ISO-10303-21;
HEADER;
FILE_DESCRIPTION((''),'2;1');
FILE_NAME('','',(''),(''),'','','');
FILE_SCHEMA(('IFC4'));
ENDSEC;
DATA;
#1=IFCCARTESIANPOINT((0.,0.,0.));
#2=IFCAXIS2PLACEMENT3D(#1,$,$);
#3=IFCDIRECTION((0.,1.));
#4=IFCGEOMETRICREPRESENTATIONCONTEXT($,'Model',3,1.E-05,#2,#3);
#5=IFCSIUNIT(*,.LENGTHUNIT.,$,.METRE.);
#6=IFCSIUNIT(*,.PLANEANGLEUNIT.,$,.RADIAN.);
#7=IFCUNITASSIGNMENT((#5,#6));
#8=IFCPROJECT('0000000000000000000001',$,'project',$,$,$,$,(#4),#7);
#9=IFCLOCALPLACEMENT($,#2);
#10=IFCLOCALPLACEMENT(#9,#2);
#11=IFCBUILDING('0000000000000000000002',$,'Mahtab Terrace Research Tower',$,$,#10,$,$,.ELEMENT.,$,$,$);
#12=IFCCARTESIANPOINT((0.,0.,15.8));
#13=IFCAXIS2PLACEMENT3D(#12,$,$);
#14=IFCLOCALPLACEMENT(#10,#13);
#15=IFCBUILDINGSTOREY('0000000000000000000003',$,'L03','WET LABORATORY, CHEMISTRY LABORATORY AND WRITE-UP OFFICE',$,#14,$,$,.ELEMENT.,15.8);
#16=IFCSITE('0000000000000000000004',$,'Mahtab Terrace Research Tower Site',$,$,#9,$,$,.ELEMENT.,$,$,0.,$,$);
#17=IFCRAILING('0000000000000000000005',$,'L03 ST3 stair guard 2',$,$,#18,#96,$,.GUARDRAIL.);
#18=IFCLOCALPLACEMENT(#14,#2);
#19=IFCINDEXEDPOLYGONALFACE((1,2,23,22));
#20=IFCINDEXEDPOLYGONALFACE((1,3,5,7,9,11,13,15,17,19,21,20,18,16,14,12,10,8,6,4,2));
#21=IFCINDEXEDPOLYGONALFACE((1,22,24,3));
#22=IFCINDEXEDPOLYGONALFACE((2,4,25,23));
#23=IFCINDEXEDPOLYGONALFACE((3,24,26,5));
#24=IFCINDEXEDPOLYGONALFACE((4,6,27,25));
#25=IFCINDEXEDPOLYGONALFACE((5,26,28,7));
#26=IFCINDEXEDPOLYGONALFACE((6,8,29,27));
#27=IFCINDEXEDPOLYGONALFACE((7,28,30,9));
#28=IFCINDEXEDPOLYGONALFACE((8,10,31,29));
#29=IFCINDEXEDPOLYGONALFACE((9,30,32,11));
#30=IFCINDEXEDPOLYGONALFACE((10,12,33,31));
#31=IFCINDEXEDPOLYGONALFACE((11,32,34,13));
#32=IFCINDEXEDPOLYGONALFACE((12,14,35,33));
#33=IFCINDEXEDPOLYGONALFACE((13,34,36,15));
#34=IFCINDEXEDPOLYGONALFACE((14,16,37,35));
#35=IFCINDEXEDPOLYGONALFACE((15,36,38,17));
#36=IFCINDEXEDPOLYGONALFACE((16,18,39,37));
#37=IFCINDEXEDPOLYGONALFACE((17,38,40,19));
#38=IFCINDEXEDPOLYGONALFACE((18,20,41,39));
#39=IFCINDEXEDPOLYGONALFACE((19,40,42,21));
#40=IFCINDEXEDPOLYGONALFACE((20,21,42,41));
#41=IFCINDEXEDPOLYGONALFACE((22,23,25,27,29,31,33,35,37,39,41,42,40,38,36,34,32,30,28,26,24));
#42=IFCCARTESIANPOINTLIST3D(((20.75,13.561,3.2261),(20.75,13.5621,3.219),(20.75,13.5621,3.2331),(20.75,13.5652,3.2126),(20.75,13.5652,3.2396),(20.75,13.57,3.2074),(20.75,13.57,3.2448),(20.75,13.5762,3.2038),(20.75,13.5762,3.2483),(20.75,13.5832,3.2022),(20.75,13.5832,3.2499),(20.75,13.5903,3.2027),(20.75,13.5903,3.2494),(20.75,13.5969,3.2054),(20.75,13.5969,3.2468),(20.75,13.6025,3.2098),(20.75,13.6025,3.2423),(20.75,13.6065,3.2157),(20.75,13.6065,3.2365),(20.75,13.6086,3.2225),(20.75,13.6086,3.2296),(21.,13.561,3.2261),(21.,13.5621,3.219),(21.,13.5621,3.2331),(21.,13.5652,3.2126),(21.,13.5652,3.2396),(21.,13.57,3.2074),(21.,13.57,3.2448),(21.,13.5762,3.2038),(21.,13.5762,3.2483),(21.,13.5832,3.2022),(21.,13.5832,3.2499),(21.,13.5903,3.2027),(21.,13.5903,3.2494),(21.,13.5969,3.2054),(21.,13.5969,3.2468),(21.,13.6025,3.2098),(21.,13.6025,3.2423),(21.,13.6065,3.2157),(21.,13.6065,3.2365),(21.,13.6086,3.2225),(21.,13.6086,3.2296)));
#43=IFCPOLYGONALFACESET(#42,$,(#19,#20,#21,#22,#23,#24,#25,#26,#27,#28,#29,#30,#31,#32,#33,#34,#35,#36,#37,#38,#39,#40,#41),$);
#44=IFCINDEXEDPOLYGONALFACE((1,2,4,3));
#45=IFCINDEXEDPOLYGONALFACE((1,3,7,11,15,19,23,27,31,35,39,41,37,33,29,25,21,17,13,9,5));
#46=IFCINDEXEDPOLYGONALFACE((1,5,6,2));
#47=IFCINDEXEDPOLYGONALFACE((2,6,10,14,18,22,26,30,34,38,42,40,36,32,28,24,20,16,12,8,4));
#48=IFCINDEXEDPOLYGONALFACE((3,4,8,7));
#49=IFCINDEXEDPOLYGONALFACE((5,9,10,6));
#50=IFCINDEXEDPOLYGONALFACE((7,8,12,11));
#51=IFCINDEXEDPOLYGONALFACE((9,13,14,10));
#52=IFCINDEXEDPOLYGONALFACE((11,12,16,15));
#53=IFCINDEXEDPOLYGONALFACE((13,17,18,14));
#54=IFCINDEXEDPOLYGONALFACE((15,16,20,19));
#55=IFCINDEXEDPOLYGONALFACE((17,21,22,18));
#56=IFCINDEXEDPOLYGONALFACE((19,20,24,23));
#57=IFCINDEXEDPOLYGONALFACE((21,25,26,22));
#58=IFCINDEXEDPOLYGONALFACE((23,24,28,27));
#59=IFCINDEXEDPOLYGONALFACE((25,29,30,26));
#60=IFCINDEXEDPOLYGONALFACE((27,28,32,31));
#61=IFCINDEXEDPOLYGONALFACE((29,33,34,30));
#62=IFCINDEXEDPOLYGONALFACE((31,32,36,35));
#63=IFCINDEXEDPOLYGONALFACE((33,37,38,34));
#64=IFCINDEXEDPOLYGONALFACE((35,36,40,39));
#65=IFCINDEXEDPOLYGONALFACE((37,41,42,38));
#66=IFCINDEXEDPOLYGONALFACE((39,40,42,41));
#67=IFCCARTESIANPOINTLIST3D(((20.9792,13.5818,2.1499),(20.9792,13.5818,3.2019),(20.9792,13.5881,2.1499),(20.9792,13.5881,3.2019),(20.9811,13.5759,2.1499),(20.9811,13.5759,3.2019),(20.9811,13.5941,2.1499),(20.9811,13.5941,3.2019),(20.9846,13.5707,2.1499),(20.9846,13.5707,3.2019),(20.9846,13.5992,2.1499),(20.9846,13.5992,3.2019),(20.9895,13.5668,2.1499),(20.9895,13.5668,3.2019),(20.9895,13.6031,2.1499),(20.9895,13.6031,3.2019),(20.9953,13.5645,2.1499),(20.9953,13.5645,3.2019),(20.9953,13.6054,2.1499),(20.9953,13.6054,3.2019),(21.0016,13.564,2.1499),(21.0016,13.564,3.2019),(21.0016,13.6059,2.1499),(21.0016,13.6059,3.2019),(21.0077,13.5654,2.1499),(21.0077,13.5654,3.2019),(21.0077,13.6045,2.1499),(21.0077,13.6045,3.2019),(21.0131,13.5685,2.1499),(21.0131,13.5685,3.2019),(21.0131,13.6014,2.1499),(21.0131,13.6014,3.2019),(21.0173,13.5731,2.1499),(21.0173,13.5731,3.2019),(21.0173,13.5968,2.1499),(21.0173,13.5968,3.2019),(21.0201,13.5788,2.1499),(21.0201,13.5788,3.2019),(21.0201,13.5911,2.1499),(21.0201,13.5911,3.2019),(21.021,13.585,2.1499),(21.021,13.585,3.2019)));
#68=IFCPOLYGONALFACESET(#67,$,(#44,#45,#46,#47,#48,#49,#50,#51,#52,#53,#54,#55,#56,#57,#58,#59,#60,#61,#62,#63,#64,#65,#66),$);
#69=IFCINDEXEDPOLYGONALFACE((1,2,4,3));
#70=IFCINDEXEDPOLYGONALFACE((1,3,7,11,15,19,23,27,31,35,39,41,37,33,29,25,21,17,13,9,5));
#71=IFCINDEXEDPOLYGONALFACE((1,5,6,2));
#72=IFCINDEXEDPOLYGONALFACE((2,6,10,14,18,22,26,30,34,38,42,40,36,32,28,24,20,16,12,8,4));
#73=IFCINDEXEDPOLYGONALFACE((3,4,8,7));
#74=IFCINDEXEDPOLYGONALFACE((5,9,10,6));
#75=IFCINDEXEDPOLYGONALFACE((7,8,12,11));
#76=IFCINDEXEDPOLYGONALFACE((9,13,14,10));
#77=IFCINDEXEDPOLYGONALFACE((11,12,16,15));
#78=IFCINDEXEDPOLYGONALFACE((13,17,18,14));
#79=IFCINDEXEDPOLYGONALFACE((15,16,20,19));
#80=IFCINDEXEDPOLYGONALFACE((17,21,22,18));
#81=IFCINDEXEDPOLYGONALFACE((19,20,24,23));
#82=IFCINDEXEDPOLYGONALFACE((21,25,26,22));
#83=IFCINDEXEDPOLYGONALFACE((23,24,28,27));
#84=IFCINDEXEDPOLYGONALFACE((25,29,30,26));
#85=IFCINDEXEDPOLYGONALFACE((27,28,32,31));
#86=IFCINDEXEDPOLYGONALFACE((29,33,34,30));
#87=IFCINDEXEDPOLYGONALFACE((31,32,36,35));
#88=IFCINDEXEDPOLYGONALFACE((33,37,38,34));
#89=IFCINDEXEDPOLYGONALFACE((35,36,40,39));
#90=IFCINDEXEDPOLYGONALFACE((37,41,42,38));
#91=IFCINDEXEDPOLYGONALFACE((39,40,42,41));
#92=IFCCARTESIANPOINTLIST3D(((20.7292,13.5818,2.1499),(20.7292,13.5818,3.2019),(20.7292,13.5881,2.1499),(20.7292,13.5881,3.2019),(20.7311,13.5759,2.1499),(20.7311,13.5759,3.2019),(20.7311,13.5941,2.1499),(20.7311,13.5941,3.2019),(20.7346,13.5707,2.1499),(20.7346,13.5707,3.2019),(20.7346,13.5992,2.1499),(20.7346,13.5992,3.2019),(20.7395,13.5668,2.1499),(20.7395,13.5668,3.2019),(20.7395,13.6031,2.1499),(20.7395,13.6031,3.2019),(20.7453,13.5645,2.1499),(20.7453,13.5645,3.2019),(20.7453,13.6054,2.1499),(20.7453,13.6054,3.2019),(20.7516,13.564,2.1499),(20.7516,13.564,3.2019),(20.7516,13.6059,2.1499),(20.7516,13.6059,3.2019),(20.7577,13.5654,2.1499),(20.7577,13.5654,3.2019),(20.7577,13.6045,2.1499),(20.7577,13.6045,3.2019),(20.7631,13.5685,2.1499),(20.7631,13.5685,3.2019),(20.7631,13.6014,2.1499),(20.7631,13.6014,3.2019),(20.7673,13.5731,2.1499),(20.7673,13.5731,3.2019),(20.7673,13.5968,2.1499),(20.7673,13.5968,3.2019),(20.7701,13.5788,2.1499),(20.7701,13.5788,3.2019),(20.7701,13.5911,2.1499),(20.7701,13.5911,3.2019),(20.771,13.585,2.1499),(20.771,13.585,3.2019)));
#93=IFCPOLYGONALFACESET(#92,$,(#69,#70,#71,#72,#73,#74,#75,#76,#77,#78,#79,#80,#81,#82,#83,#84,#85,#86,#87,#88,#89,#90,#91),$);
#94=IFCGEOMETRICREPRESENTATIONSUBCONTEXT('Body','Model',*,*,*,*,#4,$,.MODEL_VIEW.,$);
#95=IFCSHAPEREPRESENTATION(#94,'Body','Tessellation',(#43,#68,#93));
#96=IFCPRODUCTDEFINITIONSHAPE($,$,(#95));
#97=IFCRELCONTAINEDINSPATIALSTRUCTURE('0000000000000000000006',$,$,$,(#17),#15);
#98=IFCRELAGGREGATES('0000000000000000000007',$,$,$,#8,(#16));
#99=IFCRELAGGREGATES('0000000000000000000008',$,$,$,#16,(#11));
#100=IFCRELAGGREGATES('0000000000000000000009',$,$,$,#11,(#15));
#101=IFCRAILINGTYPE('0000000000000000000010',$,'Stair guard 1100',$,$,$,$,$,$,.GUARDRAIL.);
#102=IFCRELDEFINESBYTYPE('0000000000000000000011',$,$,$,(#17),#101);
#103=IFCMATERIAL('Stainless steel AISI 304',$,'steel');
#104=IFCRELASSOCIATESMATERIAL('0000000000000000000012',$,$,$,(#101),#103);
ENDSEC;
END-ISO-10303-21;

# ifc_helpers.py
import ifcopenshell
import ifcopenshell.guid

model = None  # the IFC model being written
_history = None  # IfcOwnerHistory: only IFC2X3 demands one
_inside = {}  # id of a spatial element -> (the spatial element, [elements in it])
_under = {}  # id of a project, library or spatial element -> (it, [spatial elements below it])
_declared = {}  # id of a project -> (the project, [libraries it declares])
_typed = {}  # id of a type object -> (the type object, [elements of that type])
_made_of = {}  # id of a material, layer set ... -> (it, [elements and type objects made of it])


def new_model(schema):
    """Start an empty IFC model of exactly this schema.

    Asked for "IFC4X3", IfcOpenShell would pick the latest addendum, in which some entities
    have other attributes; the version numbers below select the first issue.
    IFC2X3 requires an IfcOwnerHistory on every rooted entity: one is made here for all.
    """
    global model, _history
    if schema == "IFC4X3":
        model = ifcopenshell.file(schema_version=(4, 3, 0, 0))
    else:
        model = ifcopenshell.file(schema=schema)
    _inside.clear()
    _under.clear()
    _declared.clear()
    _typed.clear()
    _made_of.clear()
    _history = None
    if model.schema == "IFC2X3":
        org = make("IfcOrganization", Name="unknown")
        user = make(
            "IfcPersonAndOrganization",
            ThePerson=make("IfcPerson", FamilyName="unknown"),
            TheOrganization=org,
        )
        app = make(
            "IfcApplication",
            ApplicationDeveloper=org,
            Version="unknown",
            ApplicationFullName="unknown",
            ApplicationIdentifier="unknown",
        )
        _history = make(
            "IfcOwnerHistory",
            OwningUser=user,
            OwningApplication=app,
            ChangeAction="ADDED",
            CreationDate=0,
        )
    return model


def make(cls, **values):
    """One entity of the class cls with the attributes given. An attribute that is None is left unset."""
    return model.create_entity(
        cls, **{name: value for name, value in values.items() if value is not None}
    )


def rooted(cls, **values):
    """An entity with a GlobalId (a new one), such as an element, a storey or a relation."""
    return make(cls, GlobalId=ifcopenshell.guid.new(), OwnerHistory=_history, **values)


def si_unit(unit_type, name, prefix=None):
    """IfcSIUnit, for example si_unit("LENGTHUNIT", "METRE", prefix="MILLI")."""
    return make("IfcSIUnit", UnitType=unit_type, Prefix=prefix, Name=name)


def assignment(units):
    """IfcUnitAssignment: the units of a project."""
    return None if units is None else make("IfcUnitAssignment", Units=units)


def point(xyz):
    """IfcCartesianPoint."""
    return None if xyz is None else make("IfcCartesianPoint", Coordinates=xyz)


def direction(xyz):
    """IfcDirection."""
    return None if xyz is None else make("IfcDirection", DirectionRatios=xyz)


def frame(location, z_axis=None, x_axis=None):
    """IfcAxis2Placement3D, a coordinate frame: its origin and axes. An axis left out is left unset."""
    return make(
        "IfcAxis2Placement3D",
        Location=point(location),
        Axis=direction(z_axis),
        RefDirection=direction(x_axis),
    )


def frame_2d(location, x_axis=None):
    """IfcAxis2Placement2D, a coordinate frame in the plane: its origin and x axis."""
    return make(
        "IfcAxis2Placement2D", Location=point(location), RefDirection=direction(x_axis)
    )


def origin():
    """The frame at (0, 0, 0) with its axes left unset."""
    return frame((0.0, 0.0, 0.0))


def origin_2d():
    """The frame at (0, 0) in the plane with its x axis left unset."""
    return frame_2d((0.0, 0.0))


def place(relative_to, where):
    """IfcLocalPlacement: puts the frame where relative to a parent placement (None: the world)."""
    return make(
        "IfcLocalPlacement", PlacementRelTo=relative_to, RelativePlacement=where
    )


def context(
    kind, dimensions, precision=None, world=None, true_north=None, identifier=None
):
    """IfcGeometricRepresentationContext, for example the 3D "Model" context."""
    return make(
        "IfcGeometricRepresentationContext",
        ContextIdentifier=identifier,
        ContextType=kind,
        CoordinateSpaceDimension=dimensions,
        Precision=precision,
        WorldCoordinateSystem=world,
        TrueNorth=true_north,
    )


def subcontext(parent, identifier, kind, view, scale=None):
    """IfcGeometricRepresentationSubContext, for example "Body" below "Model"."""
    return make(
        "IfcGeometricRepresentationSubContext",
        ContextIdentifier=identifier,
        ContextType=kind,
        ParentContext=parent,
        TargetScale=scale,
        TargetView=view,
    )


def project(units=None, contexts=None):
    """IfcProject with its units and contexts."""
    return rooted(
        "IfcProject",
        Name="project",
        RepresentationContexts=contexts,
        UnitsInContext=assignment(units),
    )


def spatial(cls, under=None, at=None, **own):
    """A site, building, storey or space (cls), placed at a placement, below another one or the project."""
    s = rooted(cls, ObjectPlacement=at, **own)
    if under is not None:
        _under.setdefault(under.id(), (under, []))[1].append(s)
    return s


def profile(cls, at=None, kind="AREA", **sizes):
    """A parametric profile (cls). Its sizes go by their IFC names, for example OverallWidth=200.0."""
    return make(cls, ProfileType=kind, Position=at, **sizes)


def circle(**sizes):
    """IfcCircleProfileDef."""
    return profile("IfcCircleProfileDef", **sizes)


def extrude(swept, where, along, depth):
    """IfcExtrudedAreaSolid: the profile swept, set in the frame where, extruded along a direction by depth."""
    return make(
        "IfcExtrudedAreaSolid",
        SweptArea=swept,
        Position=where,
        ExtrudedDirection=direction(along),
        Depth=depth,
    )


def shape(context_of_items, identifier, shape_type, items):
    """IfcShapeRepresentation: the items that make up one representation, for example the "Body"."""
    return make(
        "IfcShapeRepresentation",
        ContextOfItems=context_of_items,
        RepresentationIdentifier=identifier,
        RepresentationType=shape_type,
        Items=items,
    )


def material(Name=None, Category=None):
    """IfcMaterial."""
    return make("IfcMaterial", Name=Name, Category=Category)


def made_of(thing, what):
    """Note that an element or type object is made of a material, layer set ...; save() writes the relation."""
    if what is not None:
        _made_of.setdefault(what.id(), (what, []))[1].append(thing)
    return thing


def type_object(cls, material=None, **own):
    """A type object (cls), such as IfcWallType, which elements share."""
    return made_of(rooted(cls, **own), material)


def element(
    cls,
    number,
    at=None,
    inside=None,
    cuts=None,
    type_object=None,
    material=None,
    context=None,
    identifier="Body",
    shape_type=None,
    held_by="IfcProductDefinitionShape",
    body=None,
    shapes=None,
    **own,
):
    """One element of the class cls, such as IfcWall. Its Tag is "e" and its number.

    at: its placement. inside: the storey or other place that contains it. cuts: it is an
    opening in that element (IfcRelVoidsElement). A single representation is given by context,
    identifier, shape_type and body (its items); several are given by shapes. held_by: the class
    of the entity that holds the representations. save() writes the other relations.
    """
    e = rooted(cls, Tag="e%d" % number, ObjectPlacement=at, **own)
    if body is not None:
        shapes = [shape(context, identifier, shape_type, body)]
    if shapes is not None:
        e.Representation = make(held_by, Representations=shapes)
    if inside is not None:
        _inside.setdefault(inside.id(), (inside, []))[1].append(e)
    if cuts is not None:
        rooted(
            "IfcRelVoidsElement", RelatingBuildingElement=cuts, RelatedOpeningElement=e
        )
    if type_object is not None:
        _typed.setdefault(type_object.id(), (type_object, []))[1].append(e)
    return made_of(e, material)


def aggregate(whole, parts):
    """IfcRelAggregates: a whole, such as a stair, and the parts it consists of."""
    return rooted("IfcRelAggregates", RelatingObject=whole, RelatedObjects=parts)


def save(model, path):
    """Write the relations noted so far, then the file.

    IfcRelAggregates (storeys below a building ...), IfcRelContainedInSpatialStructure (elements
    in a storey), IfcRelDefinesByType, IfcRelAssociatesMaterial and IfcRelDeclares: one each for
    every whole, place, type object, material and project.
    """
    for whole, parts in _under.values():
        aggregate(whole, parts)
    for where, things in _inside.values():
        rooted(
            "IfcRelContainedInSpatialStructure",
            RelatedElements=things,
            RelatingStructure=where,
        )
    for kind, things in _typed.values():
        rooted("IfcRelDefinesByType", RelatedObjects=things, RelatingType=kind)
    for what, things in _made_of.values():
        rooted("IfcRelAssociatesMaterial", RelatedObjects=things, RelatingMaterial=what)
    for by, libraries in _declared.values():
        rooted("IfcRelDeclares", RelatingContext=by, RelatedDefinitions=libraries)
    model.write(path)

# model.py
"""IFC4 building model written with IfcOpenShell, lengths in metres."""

from ifc_helpers import new_model, si_unit, direction, frame, origin, origin_2d, place, context, subcontext, project, spatial, circle, extrude, material, type_object, element, save


model = new_model("IFC4")

# Units and contexts
model_context = context("Model", 3, precision=1e-05, world=origin(), true_north=direction((0.0, 1.0)))
body_context = subcontext(model_context, "Body", "Model", "MODEL_VIEW")
ifc_project = project(units=[si_unit("LENGTHUNIT", "METRE"), si_unit("PLANEANGLEUNIT", "RADIAN")], contexts=[model_context])

# Site, building, storey
site_placement = place(None, origin())
site = spatial("IfcSite", under=ifc_project, at=site_placement, Name="Mahtab Terrace Research Tower Site", CompositionType="ELEMENT", RefElevation=0.0)
building_placement = place(site_placement, origin())
building = spatial("IfcBuilding", under=site, at=building_placement, Name="Mahtab Terrace Research Tower", CompositionType="ELEMENT")
storey_placement = place(building_placement, frame((0.0, 0.0, 15.8)))
storey = spatial("IfcBuildingStorey", under=building, at=storey_placement, Name="L03", Description="WET LABORATORY, CHEMISTRY LABORATORY AND WRITE-UP OFFICE", CompositionType="ELEMENT", Elevation=15.8)

# Shared definitions
ifc_material_1 = material(Name="Stainless steel AISI 304", Category="steel")

# Railing
railing_type_1 = type_object("IfcRailingType", Name="Stair guard 1100", PredefinedType="GUARDRAIL", material=ifc_material_1)
railing_1_placement = place(storey_placement, frame((21.0, 13.585, 2.1499)))
element("IfcRailing", 1, at=railing_1_placement, inside=storey, type_object=railing_type_1, Name="L03 ST3 stair guard 2", PredefinedType="GUARDRAIL", context=body_context, shape_type="SweptSolid", body=[
    extrude(circle(Radius=0.0239, at=origin_2d()), frame((0.0, 0.0, 1.0762), z_axis=(-1.0, 0.0, 0.0), x_axis=(0.0, -1.0, 0.0)), (0.0, 0.0, 1.0), 0.25),
    extrude(circle(Radius=0.021, at=origin_2d()), origin(), (0.0, 0.0, 1.0), 1.052),
    extrude(circle(Radius=0.021, at=origin_2d()), frame((-0.25, 0.0, 0.0)), (0.0, 0.0, 1.0), 1.052),
])

save(model, "model.ifc")
